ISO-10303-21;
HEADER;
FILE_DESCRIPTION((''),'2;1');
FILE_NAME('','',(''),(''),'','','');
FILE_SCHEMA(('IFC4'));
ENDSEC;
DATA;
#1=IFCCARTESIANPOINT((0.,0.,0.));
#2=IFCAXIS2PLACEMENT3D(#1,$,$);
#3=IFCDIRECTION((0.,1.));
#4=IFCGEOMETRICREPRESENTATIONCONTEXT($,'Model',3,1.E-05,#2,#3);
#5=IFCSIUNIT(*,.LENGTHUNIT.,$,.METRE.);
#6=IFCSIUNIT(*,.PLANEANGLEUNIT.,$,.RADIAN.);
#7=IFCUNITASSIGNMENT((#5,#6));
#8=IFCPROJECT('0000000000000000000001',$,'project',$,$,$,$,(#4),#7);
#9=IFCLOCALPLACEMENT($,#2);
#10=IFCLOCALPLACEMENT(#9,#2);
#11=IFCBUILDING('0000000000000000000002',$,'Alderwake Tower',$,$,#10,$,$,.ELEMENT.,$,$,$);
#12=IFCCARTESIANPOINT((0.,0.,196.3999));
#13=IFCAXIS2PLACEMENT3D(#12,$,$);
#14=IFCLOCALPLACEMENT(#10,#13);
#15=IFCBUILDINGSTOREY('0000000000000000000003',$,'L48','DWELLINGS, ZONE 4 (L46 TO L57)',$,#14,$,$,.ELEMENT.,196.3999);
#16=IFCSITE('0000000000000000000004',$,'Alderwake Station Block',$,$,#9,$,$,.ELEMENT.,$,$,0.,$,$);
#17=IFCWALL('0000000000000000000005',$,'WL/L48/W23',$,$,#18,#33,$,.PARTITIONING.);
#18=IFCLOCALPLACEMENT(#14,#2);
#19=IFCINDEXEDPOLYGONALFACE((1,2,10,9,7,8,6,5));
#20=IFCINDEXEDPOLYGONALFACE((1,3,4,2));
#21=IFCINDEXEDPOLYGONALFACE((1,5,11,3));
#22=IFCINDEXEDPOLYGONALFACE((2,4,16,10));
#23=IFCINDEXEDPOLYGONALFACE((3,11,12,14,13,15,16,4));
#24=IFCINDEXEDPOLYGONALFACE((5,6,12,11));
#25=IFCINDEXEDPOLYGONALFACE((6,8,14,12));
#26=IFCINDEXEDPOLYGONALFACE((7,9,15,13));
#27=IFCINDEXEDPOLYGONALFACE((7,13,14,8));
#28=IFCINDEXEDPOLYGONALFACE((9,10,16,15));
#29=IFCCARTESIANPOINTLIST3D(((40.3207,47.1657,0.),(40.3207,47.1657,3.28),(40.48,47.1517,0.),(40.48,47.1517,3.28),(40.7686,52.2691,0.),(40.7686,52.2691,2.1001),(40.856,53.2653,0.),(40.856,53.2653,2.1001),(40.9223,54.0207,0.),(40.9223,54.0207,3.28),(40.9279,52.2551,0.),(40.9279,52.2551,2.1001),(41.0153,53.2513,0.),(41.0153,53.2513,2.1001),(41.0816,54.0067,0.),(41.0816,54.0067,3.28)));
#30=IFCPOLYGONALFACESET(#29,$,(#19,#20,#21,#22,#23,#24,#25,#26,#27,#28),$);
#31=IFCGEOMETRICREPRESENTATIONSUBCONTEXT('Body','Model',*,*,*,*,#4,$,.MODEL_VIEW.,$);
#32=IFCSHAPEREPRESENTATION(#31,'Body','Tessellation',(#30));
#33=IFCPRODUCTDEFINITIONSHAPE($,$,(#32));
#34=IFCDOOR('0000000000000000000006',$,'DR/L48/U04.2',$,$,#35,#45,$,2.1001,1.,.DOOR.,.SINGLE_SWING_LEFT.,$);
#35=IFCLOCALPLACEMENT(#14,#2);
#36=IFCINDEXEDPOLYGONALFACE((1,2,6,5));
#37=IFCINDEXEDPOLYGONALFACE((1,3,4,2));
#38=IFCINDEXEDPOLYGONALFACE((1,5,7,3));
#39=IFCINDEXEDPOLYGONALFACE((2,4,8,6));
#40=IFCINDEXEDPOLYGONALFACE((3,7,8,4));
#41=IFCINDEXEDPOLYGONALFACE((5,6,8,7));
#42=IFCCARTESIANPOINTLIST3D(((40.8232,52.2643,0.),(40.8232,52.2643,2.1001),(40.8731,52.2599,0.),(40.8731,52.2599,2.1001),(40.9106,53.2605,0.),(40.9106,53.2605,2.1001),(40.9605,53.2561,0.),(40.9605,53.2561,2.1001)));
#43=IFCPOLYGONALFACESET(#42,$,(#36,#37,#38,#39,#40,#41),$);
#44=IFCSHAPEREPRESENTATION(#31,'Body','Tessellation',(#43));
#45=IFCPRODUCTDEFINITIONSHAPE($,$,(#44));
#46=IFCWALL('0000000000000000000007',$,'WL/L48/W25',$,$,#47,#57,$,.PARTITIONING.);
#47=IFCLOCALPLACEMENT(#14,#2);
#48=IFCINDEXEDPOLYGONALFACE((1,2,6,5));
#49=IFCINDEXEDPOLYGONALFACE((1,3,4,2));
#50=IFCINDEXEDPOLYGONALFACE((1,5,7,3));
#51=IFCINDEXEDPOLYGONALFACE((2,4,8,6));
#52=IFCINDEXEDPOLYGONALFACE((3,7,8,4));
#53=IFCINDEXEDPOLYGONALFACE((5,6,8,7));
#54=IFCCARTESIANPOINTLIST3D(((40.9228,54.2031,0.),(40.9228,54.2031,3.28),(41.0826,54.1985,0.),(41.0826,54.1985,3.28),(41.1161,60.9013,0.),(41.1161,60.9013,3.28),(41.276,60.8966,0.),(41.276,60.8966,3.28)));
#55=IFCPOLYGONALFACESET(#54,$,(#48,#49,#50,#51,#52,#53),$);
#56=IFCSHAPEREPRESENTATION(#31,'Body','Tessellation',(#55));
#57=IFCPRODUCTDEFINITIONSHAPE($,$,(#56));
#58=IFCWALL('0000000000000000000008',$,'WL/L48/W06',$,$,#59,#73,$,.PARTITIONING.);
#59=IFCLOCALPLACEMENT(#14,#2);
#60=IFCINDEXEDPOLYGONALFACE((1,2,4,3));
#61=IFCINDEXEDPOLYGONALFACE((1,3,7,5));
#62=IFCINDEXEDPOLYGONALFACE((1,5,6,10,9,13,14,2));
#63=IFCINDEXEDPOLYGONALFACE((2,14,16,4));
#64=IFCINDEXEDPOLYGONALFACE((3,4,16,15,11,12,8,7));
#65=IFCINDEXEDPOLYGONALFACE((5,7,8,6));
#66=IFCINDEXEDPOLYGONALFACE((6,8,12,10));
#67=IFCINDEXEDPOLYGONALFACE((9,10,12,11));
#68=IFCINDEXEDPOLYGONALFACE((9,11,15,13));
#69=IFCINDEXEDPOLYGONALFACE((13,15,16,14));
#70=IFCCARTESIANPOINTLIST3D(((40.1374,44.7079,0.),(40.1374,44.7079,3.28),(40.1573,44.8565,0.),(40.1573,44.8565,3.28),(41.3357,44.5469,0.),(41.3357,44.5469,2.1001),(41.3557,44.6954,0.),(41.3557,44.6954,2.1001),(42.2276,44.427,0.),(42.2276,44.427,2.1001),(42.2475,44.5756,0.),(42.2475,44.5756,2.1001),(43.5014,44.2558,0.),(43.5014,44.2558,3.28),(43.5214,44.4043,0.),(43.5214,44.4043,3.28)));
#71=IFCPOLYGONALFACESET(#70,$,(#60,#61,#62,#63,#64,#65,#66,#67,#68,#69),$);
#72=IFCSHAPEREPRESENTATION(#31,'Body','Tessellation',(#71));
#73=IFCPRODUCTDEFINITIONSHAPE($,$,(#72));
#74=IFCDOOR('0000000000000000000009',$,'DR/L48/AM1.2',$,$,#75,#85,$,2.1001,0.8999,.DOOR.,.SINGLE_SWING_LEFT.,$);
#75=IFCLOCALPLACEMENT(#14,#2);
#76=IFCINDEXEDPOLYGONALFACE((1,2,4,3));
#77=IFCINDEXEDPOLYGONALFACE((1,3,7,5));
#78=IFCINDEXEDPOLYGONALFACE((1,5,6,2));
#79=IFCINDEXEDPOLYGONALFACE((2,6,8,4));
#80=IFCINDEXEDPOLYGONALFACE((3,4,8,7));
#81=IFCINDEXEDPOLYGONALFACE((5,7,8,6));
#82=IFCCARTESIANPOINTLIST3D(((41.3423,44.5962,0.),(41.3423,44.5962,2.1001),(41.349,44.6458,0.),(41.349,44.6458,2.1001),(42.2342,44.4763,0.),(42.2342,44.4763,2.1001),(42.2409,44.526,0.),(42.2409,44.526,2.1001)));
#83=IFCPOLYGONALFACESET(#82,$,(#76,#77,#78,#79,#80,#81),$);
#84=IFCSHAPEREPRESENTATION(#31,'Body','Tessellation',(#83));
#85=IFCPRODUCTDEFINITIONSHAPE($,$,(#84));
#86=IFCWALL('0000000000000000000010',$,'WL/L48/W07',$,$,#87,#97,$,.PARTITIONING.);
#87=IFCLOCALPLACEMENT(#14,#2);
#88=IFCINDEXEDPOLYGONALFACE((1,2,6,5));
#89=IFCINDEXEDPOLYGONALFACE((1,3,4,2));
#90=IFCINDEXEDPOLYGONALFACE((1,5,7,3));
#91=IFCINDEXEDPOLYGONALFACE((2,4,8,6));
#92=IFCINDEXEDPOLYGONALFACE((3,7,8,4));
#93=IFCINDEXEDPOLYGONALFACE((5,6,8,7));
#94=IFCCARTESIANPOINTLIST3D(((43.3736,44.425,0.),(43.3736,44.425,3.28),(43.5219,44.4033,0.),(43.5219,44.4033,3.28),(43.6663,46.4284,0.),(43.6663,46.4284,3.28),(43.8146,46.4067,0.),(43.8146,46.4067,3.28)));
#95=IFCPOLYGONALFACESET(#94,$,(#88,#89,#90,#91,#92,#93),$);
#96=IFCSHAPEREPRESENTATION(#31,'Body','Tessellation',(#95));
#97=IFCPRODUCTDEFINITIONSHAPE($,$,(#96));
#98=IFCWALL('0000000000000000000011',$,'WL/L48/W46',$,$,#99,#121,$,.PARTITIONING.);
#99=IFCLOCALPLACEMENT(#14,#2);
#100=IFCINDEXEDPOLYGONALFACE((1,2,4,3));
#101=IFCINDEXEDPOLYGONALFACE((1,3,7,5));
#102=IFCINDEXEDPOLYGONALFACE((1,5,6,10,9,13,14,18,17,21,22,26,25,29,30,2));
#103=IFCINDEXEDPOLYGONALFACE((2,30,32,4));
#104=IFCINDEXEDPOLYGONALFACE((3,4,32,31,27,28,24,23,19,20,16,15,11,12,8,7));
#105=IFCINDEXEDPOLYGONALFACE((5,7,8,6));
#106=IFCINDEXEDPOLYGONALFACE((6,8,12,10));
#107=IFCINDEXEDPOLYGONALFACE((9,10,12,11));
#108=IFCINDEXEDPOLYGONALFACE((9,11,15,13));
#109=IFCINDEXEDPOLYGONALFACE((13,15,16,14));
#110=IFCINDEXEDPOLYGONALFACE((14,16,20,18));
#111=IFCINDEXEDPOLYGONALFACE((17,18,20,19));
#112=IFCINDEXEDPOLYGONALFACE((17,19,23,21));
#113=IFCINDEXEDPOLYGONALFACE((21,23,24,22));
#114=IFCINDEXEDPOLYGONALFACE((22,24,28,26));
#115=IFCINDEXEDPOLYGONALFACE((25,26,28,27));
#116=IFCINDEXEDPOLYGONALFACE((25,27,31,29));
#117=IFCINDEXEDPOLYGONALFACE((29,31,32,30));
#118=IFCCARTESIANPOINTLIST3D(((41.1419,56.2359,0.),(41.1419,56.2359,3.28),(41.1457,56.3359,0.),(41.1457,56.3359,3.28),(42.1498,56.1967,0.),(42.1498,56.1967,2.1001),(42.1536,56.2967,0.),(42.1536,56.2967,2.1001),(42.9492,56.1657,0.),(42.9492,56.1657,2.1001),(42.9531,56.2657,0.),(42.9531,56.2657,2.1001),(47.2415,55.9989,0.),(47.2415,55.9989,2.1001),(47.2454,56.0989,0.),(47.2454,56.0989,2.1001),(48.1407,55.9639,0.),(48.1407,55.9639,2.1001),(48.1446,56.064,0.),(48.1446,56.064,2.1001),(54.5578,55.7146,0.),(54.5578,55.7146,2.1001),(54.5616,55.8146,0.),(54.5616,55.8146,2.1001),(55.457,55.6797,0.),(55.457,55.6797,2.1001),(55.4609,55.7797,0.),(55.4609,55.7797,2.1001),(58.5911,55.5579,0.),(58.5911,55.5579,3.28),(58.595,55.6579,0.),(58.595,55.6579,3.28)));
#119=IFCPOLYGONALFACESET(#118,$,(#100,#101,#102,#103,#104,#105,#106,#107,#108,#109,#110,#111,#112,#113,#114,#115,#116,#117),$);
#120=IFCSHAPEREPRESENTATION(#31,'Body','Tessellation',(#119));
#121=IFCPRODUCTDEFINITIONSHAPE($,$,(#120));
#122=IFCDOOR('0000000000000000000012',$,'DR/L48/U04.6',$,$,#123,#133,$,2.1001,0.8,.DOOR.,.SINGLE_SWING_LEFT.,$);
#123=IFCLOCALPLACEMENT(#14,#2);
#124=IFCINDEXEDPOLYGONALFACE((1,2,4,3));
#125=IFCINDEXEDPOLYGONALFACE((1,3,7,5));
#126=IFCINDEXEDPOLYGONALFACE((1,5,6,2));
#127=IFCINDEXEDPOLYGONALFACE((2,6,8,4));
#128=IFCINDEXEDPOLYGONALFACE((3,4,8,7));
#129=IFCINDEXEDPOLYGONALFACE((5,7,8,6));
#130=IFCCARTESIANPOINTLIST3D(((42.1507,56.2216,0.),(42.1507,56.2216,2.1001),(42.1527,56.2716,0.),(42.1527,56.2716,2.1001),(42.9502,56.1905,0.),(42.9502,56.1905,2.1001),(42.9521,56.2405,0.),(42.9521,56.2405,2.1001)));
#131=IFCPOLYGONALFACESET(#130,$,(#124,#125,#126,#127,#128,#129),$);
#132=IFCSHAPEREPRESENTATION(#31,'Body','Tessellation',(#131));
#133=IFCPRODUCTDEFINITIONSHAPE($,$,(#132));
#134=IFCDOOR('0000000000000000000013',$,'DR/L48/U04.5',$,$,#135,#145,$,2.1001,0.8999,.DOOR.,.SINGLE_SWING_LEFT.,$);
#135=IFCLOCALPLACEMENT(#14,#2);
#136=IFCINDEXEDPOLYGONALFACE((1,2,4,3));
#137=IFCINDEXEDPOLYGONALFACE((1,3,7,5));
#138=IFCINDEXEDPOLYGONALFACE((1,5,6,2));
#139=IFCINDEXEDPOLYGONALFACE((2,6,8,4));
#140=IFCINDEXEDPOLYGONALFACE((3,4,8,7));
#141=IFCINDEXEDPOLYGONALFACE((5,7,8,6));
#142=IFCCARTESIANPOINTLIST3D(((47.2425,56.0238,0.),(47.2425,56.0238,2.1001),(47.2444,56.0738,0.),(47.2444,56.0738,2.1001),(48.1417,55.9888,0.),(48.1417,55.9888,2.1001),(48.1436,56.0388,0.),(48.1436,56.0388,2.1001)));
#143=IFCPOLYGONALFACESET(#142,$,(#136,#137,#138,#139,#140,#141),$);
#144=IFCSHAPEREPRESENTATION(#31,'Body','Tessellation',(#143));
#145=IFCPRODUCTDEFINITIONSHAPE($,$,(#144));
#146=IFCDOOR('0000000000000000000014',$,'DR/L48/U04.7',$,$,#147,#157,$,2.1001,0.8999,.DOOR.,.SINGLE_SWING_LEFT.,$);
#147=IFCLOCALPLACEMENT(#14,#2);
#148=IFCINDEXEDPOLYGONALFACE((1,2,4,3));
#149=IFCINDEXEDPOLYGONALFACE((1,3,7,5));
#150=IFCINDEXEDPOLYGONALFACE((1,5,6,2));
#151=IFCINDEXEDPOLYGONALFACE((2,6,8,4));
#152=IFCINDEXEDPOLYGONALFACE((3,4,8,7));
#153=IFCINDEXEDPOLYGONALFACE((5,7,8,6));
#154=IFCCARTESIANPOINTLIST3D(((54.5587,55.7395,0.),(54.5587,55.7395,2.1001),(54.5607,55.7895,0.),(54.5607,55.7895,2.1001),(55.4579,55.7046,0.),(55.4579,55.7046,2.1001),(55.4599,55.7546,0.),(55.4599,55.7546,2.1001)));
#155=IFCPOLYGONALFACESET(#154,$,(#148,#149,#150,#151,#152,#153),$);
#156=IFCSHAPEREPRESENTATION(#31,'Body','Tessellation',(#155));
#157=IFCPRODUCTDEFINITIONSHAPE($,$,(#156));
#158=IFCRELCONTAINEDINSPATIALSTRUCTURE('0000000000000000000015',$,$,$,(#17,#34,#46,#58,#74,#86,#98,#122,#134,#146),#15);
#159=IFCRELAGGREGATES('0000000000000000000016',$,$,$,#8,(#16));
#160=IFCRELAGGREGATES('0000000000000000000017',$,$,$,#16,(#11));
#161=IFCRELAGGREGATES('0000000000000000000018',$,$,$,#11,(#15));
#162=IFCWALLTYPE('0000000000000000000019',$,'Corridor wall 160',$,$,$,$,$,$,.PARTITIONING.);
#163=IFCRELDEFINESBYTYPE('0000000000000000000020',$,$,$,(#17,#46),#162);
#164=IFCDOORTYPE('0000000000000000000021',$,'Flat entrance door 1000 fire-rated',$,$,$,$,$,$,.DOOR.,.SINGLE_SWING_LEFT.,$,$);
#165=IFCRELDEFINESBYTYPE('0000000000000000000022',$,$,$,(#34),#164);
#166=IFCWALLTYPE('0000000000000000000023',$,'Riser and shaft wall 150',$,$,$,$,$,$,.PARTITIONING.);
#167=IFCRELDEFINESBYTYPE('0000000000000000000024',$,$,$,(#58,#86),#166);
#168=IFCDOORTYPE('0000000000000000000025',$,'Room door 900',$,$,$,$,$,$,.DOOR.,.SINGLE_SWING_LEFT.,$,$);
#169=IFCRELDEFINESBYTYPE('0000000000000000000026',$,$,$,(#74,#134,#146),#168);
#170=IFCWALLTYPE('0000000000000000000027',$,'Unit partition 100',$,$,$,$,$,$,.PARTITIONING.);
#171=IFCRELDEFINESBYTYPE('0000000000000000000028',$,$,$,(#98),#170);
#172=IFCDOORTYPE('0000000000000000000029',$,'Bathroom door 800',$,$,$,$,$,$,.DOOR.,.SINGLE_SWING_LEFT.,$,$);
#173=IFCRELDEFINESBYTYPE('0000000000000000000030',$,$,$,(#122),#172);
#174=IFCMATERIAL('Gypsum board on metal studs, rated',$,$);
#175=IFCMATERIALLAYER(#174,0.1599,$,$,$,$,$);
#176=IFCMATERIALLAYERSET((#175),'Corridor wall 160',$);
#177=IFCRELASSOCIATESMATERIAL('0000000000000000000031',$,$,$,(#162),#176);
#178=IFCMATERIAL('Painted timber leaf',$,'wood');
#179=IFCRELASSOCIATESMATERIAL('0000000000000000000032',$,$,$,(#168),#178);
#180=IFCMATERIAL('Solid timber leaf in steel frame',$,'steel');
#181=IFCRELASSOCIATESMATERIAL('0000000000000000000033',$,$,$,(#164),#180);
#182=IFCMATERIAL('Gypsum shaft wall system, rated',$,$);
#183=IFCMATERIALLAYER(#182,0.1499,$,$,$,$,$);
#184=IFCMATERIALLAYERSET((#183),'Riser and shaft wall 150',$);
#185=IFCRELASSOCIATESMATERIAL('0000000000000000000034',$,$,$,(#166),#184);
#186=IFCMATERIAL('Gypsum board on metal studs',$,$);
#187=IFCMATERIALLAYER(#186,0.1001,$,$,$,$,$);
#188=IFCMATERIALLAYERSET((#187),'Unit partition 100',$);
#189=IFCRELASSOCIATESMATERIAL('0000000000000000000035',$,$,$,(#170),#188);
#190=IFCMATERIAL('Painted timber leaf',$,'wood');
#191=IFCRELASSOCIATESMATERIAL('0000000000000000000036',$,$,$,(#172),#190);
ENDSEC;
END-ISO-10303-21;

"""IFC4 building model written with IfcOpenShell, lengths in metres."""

from ifc_helpers import new_model, si_unit, direction, frame, frame_2d, origin, place, context, subcontext, project, spatial, rectangle, extrude, material, layer, layer_set, type_object, element, fill, save


model = new_model("IFC4")

# Units and contexts
model_context = context("Model", 3, precision=1e-05, world=origin(), true_north=direction((0.0, 1.0)))
body_context = subcontext(model_context, "Body", "Model", "MODEL_VIEW")
ifc_project = project(units=[si_unit("LENGTHUNIT", "METRE"), si_unit("PLANEANGLEUNIT", "RADIAN")], contexts=[model_context])

# Site, building, storey
site_placement = place(None, origin())
site = spatial("IfcSite", under=ifc_project, at=site_placement, Name="Alderwake Station Block", CompositionType="ELEMENT", RefElevation=0.0)
building_placement = place(site_placement, origin())
building = spatial("IfcBuilding", under=site, at=building_placement, Name="Alderwake Tower", CompositionType="ELEMENT")
storey_placement = place(building_placement, frame((0.0, 0.0, 196.3999)))
storey = spatial("IfcBuildingStorey", under=building, at=storey_placement, Name="L48", Description="DWELLINGS, ZONE 4 (L46 TO L57)", CompositionType="ELEMENT", Elevation=196.3999)

# Wall, opening, door
ifc_material_1 = material(Name="Gypsum board on metal studs, rated")
ifc_layer_1 = layer(ifc_material_1, 0.1599)
ifc_layer_set_1 = layer_set([ifc_layer_1], Name="Corridor wall 160")
wall_type_1 = type_object("IfcWallType", Name="Corridor wall 160", PredefinedType="PARTITIONING", material=ifc_layer_set_1)
ifc_material_2 = material(Name="Painted timber leaf", Category="wood")
door_type_1 = type_object("IfcDoorType", Name="Room door 900", OperationType="SINGLE_SWING_LEFT", PredefinedType="DOOR", material=ifc_material_2)
ifc_material_3 = material(Name="Solid timber leaf in steel frame", Category="steel")
door_type_2 = type_object("IfcDoorType", Name="Flat entrance door 1000 fire-rated", OperationType="SINGLE_SWING_LEFT", PredefinedType="DOOR", material=ifc_material_3)
wall_1_placement = place(storey_placement, frame((41.002, 54.0137, 0.0), z_axis=(0.0, 0.0, 1.0), x_axis=(-0.08742, -0.996172, 0.0)))
wall_1 = element("IfcWall", 1, at=wall_1_placement, inside=storey, type_object=wall_type_1, Name="WL/L48/W23", PredefinedType="PARTITIONING", context=body_context, shape_type="SweptSolid", body=[
    extrude(rectangle(XDim=6.8813, YDim=0.1599, at=frame_2d((3.4407, 0.0))), origin(), (0.0, 0.0, 1.0), 3.28),
])
opening_1_placement = place(wall_1_placement, frame((0.7583, 0.0, 0.0)))
opening_1 = element("IfcOpeningElement", 2, at=opening_1_placement, cuts=wall_1, PredefinedType="OPENING", context=body_context, shape_type="SweptSolid", body=[
    extrude(rectangle(XDim=1.0, YDim=2.1001, at=frame_2d((0.5, 1.05))), frame((0.0, 0.0898, 0.0), z_axis=(0.0, -1.0, 0.0), x_axis=(1.0, 0.0, 0.0)), (0.0, 0.0, 1.0), 0.1799),
])
door_1_placement = place(opening_1_placement, origin())
door_1 = element("IfcDoor", 3, at=door_1_placement, inside=storey, type_object=door_type_2, Name="DR/L48/U04.2", OperationType="SINGLE_SWING_LEFT", OverallHeight=2.1001, OverallWidth=1.0, PredefinedType="DOOR", context=body_context, shape_type="SweptSolid", body=[
    extrude(rectangle(XDim=1.0, YDim=2.1001, at=frame_2d((0.5, 1.05))), frame((0.0, 0.0249, 0.0), z_axis=(0.0, -1.0, 0.0), x_axis=(1.0, 0.0, 0.0)), (0.0, 0.0, 1.0), 0.05),
])
fill(opening_1, door_1)

# Wall
wall_2_placement = place(storey_placement, frame((41.0027, 54.2007, 0.0), z_axis=(0.0, 0.0, 1.0), x_axis=(0.028855, 0.999584, 0.0)))
element("IfcWall", 4, at=wall_2_placement, inside=storey, type_object=wall_type_1, Name="WL/L48/W25", PredefinedType="PARTITIONING", context=body_context, shape_type="SweptSolid", body=[
    extrude(rectangle(XDim=6.7009, YDim=0.1599, at=frame_2d((3.3506, 0.0))), origin(), (0.0, 0.0, 1.0), 3.28),
])

# Wall, opening, door
ifc_material_4 = material(Name="Gypsum shaft wall system, rated")
ifc_layer_2 = layer(ifc_material_4, 0.1499)
ifc_layer_set_2 = layer_set([ifc_layer_2], Name="Riser and shaft wall 150")
wall_type_2 = type_object("IfcWallType", Name="Riser and shaft wall 150", PredefinedType="PARTITIONING", material=ifc_layer_set_2)
wall_3_placement = place(storey_placement, frame((40.1472, 44.7822, 0.0), z_axis=(0.0, 0.0, 1.0), x_axis=(0.991088, -0.13321, 0.0)))
wall_3 = element("IfcWall", 5, at=wall_3_placement, inside=storey, type_object=wall_type_2, Name="WL/L48/W06", PredefinedType="PARTITIONING", context=body_context, shape_type="SweptSolid", body=[
    extrude(rectangle(XDim=3.3943, YDim=0.1499, at=frame_2d((1.6973, 0.0))), origin(), (0.0, 0.0, 1.0), 3.28),
])
opening_2_placement = place(wall_3_placement, frame((1.2092, 0.0, 0.0)))
opening_2 = element("IfcOpeningElement", 6, at=opening_2_placement, cuts=wall_3, PredefinedType="OPENING", context=body_context, shape_type="SweptSolid", body=[
    extrude(rectangle(XDim=0.8999, YDim=2.1001, at=frame_2d((0.45, 1.05))), frame((0.0, 0.085, 0.0), z_axis=(0.0, -1.0, 0.0), x_axis=(1.0, 0.0, 0.0)), (0.0, 0.0, 1.0), 0.1699),
])
door_2_placement = place(opening_2_placement, origin())
door_2 = element("IfcDoor", 7, at=door_2_placement, inside=storey, type_object=door_type_1, Name="DR/L48/AM1.2", OperationType="SINGLE_SWING_LEFT", OverallHeight=2.1001, OverallWidth=0.8999, PredefinedType="DOOR", context=body_context, shape_type="SweptSolid", body=[
    extrude(rectangle(XDim=0.8999, YDim=2.1001, at=frame_2d((0.45, 1.05))), frame((0.0, 0.0249, 0.0), z_axis=(0.0, -1.0, 0.0), x_axis=(1.0, 0.0, 0.0)), (0.0, 0.0, 1.0), 0.05),
])
fill(opening_2, door_2)

# Wall
wall_4_placement = place(storey_placement, frame((43.4478, 44.4143, 0.0), z_axis=(0.0, 0.0, 1.0), x_axis=(0.144577, 0.989493, 0.0)))
element("IfcWall", 8, at=wall_4_placement, inside=storey, type_object=wall_type_2, Name="WL/L48/W07", PredefinedType="PARTITIONING", context=body_context, shape_type="SweptSolid", body=[
    extrude(rectangle(XDim=2.0247, YDim=0.1499, at=frame_2d((1.0122, 0.0))), origin(), (0.0, 0.0, 1.0), 3.28),
])

# Wall, openings, doors
ifc_material_5 = material(Name="Gypsum board on metal studs")
ifc_layer_3 = layer(ifc_material_5, 0.1001)
ifc_layer_set_3 = layer_set([ifc_layer_3], Name="Unit partition 100")
wall_type_3 = type_object("IfcWallType", Name="Unit partition 100", PredefinedType="PARTITIONING", material=ifc_layer_set_3)
wall_5_placement = place(storey_placement, frame((41.1438, 56.2859, 0.0), z_axis=(0.0, 0.0, 1.0), x_axis=(0.999246, -0.038825, 0.0)))
wall_5 = element("IfcWall", 9, at=wall_5_placement, inside=storey, type_object=wall_type_3, Name="WL/L48/W46", PredefinedType="PARTITIONING", context=body_context, shape_type="SweptSolid", body=[
    extrude(rectangle(XDim=17.4624, YDim=0.1001, at=frame_2d((8.7312, 0.0))), origin(), (0.0, 0.0, 1.0), 3.28),
])
opening_3_placement = place(wall_5_placement, frame((6.1042, 0.0, 0.0)))
opening_3 = element("IfcOpeningElement", 10, at=opening_3_placement, cuts=wall_5, PredefinedType="OPENING", context=body_context, shape_type="SweptSolid", body=[
    extrude(rectangle(XDim=0.8999, YDim=2.1001, at=frame_2d((0.45, 1.05))), frame((0.0, 0.0601, 0.0), z_axis=(0.0, -1.0, 0.0), x_axis=(1.0, 0.0, 0.0)), (0.0, 0.0, 1.0), 0.1201),
])
opening_4_placement = place(wall_5_placement, frame((1.0088, 0.0, 0.0)))
opening_4 = element("IfcOpeningElement", 11, at=opening_4_placement, cuts=wall_5, PredefinedType="OPENING", context=body_context, shape_type="SweptSolid", body=[
    extrude(rectangle(XDim=0.8, YDim=2.1001, at=frame_2d((0.3999, 1.05))), frame((0.0, 0.0601, 0.0), z_axis=(0.0, -1.0, 0.0), x_axis=(1.0, 0.0, 0.0)), (0.0, 0.0, 1.0), 0.1201),
])
opening_5_placement = place(wall_5_placement, frame((13.426, 0.0, 0.0)))
opening_5 = element("IfcOpeningElement", 12, at=opening_5_placement, cuts=wall_5, PredefinedType="OPENING", context=body_context, shape_type="SweptSolid", body=[
    extrude(rectangle(XDim=0.8999, YDim=2.1001, at=frame_2d((0.45, 1.05))), frame((0.0, 0.0601, 0.0), z_axis=(0.0, -1.0, 0.0), x_axis=(1.0, 0.0, 0.0)), (0.0, 0.0, 1.0), 0.1201),
])
ifc_material_6 = material(Name="Painted timber leaf", Category="wood")
door_type_3 = type_object("IfcDoorType", Name="Bathroom door 800", OperationType="SINGLE_SWING_LEFT", PredefinedType="DOOR", material=ifc_material_6)
door_3_placement = place(opening_4_placement, origin())
door_3 = element("IfcDoor", 13, at=door_3_placement, inside=storey, type_object=door_type_3, Name="DR/L48/U04.6", OperationType="SINGLE_SWING_LEFT", OverallHeight=2.1001, OverallWidth=0.8, PredefinedType="DOOR", context=body_context, shape_type="SweptSolid", body=[
    extrude(rectangle(XDim=0.8, YDim=2.1001, at=frame_2d((0.3999, 1.05))), frame((0.0, 0.0249, 0.0), z_axis=(0.0, -1.0, 0.0), x_axis=(1.0, 0.0, 0.0)), (0.0, 0.0, 1.0), 0.05),
])
fill(opening_4, door_3)
door_4_placement = place(opening_3_placement, origin())
door_4 = element("IfcDoor", 14, at=door_4_placement, inside=storey, type_object=door_type_1, Name="DR/L48/U04.5", OperationType="SINGLE_SWING_LEFT", OverallHeight=2.1001, OverallWidth=0.8999, PredefinedType="DOOR", context=body_context, shape_type="SweptSolid", body=[
    extrude(rectangle(XDim=0.8999, YDim=2.1001, at=frame_2d((0.45, 1.05))), frame((0.0, 0.0249, 0.0), z_axis=(0.0, -1.0, 0.0), x_axis=(1.0, 0.0, 0.0)), (0.0, 0.0, 1.0), 0.05),
])
fill(opening_3, door_4)
door_5_placement = place(opening_5_placement, origin())
door_5 = element("IfcDoor", 15, at=door_5_placement, inside=storey, type_object=door_type_1, Name="DR/L48/U04.7", OperationType="SINGLE_SWING_LEFT", OverallHeight=2.1001, OverallWidth=0.8999, PredefinedType="DOOR", context=body_context, shape_type="SweptSolid", body=[
    extrude(rectangle(XDim=0.8999, YDim=2.1001, at=frame_2d((0.45, 1.05))), frame((0.0, 0.0249, 0.0), z_axis=(0.0, -1.0, 0.0), x_axis=(1.0, 0.0, 0.0)), (0.0, 0.0, 1.0), 0.05),
])
fill(opening_5, door_5)

save(model, "model.ifc")
